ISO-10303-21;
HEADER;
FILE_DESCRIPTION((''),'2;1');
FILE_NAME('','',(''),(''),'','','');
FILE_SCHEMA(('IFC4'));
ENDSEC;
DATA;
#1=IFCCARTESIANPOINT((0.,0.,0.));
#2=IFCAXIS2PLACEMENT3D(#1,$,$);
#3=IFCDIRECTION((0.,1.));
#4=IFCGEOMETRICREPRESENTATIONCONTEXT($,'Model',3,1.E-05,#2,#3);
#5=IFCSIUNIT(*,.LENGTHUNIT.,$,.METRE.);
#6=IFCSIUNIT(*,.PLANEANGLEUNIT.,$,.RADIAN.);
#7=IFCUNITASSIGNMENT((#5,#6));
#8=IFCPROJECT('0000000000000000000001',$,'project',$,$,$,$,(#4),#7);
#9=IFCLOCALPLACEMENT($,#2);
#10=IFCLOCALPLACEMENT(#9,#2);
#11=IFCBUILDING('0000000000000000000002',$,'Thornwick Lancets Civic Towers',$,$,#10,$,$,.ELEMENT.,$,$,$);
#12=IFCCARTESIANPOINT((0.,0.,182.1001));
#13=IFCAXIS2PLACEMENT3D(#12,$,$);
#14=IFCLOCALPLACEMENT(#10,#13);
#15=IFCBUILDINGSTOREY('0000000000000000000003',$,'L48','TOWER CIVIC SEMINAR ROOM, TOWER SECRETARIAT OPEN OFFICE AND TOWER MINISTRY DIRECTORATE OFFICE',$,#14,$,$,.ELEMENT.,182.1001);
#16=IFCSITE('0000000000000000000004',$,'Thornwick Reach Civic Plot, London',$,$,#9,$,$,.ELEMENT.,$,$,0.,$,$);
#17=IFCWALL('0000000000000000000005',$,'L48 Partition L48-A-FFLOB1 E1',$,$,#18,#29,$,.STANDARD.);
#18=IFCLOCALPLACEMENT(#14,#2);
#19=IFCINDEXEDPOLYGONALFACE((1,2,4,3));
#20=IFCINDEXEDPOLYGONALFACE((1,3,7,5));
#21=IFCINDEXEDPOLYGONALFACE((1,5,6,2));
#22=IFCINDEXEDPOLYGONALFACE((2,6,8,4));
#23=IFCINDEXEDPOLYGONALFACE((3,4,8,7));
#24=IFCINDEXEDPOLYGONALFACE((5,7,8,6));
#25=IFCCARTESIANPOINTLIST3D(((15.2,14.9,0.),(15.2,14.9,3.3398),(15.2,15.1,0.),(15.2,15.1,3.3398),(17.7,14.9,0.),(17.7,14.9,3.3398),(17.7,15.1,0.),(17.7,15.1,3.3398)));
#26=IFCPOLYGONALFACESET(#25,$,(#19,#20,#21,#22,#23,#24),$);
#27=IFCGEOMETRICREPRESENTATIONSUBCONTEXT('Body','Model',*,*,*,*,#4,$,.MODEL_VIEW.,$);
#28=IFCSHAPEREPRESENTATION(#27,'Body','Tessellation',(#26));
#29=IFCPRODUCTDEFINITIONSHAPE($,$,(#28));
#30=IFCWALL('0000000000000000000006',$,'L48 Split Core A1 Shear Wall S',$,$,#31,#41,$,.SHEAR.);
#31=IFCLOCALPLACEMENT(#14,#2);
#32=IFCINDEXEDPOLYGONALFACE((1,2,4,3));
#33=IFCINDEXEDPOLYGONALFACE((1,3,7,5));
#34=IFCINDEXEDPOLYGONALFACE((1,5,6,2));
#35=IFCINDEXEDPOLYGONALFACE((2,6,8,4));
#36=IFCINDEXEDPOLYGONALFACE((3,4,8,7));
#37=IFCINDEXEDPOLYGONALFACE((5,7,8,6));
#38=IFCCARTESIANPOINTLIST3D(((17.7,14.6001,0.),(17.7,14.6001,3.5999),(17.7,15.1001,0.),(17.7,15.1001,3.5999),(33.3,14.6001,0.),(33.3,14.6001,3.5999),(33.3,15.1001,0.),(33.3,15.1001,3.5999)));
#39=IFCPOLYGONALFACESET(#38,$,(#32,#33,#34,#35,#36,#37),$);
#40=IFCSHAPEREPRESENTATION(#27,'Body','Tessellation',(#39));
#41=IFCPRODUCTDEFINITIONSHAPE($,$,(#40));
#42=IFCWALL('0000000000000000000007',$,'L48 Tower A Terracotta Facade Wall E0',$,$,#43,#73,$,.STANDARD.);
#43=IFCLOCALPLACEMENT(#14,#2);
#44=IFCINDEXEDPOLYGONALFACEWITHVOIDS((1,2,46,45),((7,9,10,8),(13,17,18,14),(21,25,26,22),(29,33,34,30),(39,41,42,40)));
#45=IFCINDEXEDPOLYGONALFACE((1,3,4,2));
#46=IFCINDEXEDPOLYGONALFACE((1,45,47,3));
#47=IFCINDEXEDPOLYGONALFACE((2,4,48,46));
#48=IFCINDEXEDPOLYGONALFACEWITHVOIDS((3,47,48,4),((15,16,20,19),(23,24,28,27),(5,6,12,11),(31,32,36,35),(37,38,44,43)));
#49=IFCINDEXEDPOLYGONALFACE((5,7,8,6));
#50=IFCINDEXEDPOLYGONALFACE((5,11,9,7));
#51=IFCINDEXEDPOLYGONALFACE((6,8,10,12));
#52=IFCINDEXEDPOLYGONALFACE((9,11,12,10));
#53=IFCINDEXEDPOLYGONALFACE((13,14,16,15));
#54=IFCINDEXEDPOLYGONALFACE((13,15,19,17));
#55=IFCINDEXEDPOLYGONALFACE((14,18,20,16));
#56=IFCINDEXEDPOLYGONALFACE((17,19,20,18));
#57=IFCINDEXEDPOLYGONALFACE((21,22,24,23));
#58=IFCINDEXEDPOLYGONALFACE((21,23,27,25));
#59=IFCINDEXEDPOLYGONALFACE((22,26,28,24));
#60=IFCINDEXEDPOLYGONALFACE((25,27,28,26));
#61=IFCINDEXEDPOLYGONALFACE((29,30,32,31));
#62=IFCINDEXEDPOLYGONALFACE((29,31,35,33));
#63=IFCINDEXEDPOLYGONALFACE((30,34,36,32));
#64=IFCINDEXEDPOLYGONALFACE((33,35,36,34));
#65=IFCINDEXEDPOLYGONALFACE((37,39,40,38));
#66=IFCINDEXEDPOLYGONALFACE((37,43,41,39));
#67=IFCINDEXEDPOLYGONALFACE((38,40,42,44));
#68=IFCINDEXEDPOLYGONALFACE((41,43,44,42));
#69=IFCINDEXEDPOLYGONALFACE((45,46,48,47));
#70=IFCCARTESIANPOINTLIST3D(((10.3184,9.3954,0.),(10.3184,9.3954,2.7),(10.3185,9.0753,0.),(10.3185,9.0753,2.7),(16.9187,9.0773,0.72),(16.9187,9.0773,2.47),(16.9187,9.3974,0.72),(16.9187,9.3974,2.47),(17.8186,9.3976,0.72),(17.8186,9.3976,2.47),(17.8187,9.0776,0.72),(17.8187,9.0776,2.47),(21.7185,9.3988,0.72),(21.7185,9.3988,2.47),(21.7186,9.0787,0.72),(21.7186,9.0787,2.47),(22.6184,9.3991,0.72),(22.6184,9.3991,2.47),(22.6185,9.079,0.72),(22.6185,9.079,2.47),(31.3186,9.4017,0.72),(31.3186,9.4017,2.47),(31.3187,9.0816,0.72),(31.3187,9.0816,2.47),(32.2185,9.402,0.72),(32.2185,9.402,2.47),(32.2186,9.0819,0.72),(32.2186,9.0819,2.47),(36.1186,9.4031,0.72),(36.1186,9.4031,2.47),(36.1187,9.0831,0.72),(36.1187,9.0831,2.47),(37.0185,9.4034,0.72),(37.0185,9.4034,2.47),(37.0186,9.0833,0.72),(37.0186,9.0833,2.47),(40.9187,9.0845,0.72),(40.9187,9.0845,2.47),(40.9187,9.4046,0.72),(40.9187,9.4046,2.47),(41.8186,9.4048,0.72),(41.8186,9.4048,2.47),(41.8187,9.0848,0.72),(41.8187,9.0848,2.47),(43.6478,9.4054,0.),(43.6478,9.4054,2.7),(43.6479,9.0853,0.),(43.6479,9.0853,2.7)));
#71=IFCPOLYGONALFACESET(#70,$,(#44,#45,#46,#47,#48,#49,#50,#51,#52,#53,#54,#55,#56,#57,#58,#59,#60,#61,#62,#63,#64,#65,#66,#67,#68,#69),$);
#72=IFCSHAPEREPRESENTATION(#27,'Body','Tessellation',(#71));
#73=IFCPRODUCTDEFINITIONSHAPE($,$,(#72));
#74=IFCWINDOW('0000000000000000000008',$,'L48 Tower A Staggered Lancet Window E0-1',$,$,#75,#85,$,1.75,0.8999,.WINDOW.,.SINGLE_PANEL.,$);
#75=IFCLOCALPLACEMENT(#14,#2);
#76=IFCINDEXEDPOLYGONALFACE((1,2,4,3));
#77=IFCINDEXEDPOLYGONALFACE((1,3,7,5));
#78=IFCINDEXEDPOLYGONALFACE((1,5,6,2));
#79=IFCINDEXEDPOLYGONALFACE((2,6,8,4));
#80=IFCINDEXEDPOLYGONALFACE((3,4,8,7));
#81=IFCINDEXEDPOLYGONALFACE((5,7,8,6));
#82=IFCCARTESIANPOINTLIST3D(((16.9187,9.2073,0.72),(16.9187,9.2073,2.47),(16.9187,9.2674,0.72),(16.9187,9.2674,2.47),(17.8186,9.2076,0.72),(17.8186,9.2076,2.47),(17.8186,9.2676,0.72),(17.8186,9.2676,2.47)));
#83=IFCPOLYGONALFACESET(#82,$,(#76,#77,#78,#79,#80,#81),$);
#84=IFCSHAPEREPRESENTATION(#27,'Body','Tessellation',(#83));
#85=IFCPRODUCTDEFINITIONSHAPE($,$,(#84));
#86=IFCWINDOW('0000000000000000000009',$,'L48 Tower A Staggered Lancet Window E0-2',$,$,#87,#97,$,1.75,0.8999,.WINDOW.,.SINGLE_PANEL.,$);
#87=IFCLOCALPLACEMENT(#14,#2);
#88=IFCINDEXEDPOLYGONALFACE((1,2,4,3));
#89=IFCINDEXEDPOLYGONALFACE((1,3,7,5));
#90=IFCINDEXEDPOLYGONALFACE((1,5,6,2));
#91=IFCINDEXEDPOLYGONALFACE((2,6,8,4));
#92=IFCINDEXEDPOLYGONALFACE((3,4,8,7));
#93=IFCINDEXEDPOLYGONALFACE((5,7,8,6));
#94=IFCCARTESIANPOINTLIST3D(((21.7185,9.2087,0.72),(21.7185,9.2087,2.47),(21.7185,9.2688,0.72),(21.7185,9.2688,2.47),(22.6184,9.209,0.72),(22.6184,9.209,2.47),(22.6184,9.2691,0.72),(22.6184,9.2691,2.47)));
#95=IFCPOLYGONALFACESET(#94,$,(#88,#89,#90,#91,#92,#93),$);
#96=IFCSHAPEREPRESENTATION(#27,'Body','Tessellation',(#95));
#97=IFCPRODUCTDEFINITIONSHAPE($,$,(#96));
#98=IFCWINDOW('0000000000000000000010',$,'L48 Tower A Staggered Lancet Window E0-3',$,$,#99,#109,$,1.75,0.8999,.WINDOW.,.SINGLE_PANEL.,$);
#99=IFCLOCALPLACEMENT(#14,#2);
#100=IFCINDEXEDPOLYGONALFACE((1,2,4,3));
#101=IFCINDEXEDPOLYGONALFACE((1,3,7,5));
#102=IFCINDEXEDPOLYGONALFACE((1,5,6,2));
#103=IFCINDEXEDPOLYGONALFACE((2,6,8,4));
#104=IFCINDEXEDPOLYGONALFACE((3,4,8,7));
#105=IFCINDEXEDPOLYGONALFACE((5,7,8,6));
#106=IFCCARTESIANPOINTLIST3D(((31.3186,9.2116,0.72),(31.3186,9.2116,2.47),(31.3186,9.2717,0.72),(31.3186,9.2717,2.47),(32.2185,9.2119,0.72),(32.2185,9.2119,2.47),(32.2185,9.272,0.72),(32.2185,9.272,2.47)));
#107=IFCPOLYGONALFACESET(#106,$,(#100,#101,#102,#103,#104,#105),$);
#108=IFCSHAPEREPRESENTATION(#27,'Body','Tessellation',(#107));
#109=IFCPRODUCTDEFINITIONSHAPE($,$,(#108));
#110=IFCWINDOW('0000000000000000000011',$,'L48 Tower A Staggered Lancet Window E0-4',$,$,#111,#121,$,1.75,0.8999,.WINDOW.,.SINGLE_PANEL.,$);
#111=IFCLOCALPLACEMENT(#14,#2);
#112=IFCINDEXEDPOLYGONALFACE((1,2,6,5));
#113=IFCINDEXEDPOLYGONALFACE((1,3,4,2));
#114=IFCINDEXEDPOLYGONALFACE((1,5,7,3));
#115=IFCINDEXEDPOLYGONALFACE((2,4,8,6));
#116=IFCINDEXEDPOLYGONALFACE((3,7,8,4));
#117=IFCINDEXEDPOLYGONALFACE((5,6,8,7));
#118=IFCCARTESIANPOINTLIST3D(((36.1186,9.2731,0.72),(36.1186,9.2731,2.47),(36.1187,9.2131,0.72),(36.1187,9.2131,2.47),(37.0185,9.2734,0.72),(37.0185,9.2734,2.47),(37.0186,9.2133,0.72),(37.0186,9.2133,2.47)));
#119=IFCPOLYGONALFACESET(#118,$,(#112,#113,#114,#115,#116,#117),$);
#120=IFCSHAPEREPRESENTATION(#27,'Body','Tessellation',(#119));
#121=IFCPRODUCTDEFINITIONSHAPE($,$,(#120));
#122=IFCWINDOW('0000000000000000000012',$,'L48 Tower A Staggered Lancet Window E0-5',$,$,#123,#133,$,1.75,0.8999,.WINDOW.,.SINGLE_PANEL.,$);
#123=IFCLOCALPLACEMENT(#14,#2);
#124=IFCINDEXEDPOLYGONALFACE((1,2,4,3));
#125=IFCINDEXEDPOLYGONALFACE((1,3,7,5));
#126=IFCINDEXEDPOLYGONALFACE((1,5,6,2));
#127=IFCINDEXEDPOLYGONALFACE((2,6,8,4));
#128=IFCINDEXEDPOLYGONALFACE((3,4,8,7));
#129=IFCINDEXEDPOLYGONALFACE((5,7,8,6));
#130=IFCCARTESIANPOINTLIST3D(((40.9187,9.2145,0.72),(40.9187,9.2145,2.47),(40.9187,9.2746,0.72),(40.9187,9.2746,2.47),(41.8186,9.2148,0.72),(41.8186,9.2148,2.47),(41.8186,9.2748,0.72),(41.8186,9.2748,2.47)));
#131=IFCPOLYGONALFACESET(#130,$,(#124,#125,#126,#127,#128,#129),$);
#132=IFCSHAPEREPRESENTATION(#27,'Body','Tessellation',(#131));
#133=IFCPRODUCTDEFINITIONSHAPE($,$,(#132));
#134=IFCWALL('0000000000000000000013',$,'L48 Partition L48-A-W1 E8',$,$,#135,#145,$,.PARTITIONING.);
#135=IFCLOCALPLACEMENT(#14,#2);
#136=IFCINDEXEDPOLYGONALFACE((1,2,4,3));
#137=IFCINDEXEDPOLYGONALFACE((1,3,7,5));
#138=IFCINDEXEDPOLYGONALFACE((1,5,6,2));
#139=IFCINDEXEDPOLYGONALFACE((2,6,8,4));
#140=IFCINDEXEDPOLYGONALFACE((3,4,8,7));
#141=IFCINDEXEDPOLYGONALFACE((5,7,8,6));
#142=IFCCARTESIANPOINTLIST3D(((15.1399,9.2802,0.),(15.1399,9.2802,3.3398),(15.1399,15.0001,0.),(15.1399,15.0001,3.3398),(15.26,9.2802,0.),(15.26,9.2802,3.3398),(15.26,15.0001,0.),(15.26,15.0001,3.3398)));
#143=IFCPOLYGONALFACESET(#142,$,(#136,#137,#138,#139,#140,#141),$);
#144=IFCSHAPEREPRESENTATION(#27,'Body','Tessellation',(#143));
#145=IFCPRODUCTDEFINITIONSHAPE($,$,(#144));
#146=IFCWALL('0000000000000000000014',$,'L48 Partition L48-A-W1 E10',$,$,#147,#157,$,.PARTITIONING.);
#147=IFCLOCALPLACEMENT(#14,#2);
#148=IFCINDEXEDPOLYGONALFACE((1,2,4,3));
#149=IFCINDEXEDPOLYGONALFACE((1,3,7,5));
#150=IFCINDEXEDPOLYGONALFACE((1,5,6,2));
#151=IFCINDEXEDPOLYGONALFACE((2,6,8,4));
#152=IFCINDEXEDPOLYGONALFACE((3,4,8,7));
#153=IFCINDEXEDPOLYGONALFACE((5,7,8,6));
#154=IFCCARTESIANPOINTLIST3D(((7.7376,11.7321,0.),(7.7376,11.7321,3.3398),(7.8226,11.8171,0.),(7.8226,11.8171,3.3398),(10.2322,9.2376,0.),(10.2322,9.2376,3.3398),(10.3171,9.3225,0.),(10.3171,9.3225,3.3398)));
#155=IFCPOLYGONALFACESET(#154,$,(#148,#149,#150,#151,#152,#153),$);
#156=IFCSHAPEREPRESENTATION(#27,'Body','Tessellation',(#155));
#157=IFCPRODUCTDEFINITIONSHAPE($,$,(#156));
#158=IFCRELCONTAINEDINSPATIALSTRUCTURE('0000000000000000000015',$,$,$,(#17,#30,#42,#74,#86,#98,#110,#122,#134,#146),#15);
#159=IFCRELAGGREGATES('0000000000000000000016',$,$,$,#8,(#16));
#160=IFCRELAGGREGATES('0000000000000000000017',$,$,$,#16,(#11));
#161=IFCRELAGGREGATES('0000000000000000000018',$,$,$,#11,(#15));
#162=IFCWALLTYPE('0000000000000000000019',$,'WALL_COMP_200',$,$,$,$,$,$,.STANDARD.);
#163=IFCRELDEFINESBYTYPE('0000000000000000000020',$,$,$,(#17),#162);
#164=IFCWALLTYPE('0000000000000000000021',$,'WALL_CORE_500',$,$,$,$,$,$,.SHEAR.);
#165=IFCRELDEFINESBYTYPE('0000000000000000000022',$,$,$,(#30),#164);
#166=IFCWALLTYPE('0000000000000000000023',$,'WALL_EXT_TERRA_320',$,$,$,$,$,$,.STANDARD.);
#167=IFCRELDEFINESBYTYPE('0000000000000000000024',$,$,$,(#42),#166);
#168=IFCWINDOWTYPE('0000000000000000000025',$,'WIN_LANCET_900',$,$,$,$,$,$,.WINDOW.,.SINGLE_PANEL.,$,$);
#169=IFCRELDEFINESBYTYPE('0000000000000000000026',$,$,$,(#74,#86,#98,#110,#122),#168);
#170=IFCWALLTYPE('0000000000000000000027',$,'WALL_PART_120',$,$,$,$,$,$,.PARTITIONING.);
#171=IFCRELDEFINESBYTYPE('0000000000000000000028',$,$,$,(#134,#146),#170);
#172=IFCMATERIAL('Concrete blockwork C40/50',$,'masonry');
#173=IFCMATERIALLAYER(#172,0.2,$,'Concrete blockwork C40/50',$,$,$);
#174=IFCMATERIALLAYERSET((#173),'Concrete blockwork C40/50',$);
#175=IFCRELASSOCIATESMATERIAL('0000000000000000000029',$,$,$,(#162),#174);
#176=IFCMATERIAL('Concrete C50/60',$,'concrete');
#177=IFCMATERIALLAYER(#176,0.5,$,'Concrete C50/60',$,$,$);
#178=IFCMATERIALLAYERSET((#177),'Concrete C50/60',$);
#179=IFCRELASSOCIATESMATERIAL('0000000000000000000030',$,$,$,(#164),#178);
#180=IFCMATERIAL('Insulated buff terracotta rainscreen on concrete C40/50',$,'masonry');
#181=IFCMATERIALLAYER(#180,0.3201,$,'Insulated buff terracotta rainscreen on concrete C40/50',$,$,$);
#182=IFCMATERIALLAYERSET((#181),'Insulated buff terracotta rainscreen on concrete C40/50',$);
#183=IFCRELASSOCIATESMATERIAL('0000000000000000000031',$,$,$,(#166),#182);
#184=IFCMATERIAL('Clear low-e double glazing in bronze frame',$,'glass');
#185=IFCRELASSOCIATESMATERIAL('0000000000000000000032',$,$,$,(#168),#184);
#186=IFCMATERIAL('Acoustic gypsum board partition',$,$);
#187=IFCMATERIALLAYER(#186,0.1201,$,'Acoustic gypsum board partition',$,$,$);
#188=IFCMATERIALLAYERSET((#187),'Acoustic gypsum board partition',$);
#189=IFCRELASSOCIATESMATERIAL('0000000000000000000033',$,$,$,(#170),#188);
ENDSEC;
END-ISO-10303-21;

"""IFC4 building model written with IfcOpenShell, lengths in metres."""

from ifc_helpers import new_model, si_unit, direction, frame, frame_2d, origin, place, context, subcontext, project, spatial, rectangle, extrude, material, layer, layer_set, type_object, element, fill, save


model = new_model("IFC4")

# Units and contexts
model_context = context("Model", 3, precision=1e-05, world=origin(), true_north=direction((0.0, 1.0)))
body_context = subcontext(model_context, "Body", "Model", "MODEL_VIEW")
ifc_project = project(units=[si_unit("LENGTHUNIT", "METRE"), si_unit("PLANEANGLEUNIT", "RADIAN")], contexts=[model_context])

# Site, building, storey
site_placement = place(None, origin())
site = spatial("IfcSite", under=ifc_project, at=site_placement, Name="Thornwick Reach Civic Plot, London", CompositionType="ELEMENT", RefElevation=0.0)
building_placement = place(site_placement, origin())
building = spatial("IfcBuilding", under=site, at=building_placement, Name="Thornwick Lancets Civic Towers", CompositionType="ELEMENT")
storey_placement = place(building_placement, frame((0.0, 0.0, 182.1001)))
storey = spatial("IfcBuildingStorey", under=building, at=storey_placement, Name="L48", Description="TOWER CIVIC SEMINAR ROOM, TOWER SECRETARIAT OPEN OFFICE AND TOWER MINISTRY DIRECTORATE OFFICE", CompositionType="ELEMENT", Elevation=182.1001)

# Shared definitions
ifc_material_1 = material(Name="Concrete C50/60", Category="concrete")

# Walls
ifc_material_2 = material(Name="Concrete blockwork C40/50", Category="masonry")
ifc_layer_1 = layer(ifc_material_2, 0.2, Name="Concrete blockwork C40/50")
ifc_layer_set_1 = layer_set([ifc_layer_1], Name="Concrete blockwork C40/50")
wall_type_1 = type_object("IfcWallType", Name="WALL_COMP_200", PredefinedType="STANDARD", material=ifc_layer_set_1)
wall_1_placement = place(storey_placement, frame((15.2, 15.0, 0.0), z_axis=(0.0, 0.0, 1.0), x_axis=(1.0, 0.0, 0.0)))
element("IfcWall", 1, at=wall_1_placement, inside=storey, type_object=wall_type_1, Name="L48 Partition L48-A-FFLOB1 E1", PredefinedType="STANDARD", context=body_context, shape_type="SweptSolid", body=[
    extrude(rectangle(XDim=2.5, YDim=0.2, at=frame_2d((1.25, 0.0))), origin(), (0.0, 0.0, 1.0), 3.3398),
])
ifc_layer_2 = layer(ifc_material_1, 0.5, Name="Concrete C50/60")
ifc_layer_set_2 = layer_set([ifc_layer_2], Name="Concrete C50/60")
wall_type_2 = type_object("IfcWallType", Name="WALL_CORE_500", PredefinedType="SHEAR", material=ifc_layer_set_2)
wall_2_placement = place(storey_placement, frame((17.7, 14.8501, 0.0), z_axis=(0.0, 0.0, 1.0), x_axis=(1.0, 0.0, 0.0)))
element("IfcWall", 2, at=wall_2_placement, inside=storey, type_object=wall_type_2, Name="L48 Split Core A1 Shear Wall S", PredefinedType="SHEAR", context=body_context, shape_type="SweptSolid", body=[
    extrude(rectangle(XDim=15.6001, YDim=0.5, at=frame_2d((7.8, 0.0))), origin(), (0.0, 0.0, 1.0), 3.5999),
])

# Wall, openings, windows
ifc_material_3 = material(Name="Insulated buff terracotta rainscreen on concrete C40/50", Category="masonry")
ifc_layer_3 = layer(ifc_material_3, 0.3201, Name="Insulated buff terracotta rainscreen on concrete C40/50")
ifc_layer_set_3 = layer_set([ifc_layer_3], Name="Insulated buff terracotta rainscreen on concrete C40/50")
wall_type_3 = type_object("IfcWallType", Name="WALL_EXT_TERRA_320", PredefinedType="STANDARD", material=ifc_layer_set_3)
wall_3_placement = place(storey_placement, frame((10.3186, 9.2354, 0.0), z_axis=(0.0, 0.0, 1.0), x_axis=(1.0, 0.0003, 0.0)))
wall_3 = element("IfcWall", 3, at=wall_3_placement, inside=storey, type_object=wall_type_3, Name="L48 Tower A Terracotta Facade Wall E0", PredefinedType="STANDARD", context=body_context, shape_type="SweptSolid", body=[
    extrude(rectangle(XDim=33.3293, YDim=0.3201, at=frame_2d((16.6646, 0.0))), origin(), (0.0, 0.0, 1.0), 2.7),
])
opening_1_placement = place(wall_3_placement, frame((6.6001, 0.0, 0.72)))
opening_1 = element("IfcOpeningElement", 4, at=opening_1_placement, cuts=wall_3, PredefinedType="OPENING", context=body_context, shape_type="SweptSolid", body=[
    extrude(rectangle(XDim=0.8999, YDim=1.75, at=frame_2d((0.45, 0.875))), frame((0.0, 0.1699, 0.0), z_axis=(0.0, -1.0, 0.0), x_axis=(1.0, 0.0, 0.0)), (0.0, 0.0, 1.0), 0.3401),
])
opening_2_placement = place(wall_3_placement, frame((11.3999, 0.0, 0.72)))
opening_2 = element("IfcOpeningElement", 5, at=opening_2_placement, cuts=wall_3, PredefinedType="OPENING", context=body_context, shape_type="SweptSolid", body=[
    extrude(rectangle(XDim=0.8999, YDim=1.75, at=frame_2d((0.45, 0.875))), frame((0.0, 0.1699, 0.0), z_axis=(0.0, -1.0, 0.0), x_axis=(1.0, 0.0, 0.0)), (0.0, 0.0, 1.0), 0.3401),
])
opening_3_placement = place(wall_3_placement, frame((21.0, 0.0, 0.72)))
opening_3 = element("IfcOpeningElement", 6, at=opening_3_placement, cuts=wall_3, PredefinedType="OPENING", context=body_context, shape_type="SweptSolid", body=[
    extrude(rectangle(XDim=0.8999, YDim=1.75, at=frame_2d((0.45, 0.875))), frame((0.0, 0.1699, 0.0), z_axis=(0.0, -1.0, 0.0), x_axis=(1.0, 0.0, 0.0)), (0.0, 0.0, 1.0), 0.3401),
])
opening_4_placement = place(wall_3_placement, frame((25.8, 0.0, 0.72)))
opening_4 = element("IfcOpeningElement", 7, at=opening_4_placement, cuts=wall_3, PredefinedType="OPENING", context=body_context, shape_type="SweptSolid", body=[
    extrude(rectangle(XDim=0.8999, YDim=1.75, at=frame_2d((0.45, 0.875))), frame((0.0, 0.1699, 0.0), z_axis=(0.0, -1.0, 0.0), x_axis=(1.0, 0.0, 0.0)), (0.0, 0.0, 1.0), 0.3401),
])
opening_5_placement = place(wall_3_placement, frame((30.6001, 0.0, 0.72)))
opening_5 = element("IfcOpeningElement", 8, at=opening_5_placement, cuts=wall_3, PredefinedType="OPENING", context=body_context, shape_type="SweptSolid", body=[
    extrude(rectangle(XDim=0.8999, YDim=1.75, at=frame_2d((0.45, 0.875))), frame((0.0, 0.1699, 0.0), z_axis=(0.0, -1.0, 0.0), x_axis=(1.0, 0.0, 0.0)), (0.0, 0.0, 1.0), 0.3401),
])
ifc_material_4 = material(Name="Clear low-e double glazing in bronze frame", Category="glass")
window_type = type_object("IfcWindowType", Name="WIN_LANCET_900", PartitioningType="SINGLE_PANEL", PredefinedType="WINDOW", material=ifc_material_4)
window_1_placement = place(opening_1_placement, origin())
window_1 = element("IfcWindow", 9, at=window_1_placement, inside=storey, type_object=window_type, Name="L48 Tower A Staggered Lancet Window E0-1", OverallHeight=1.75, OverallWidth=0.8999, PartitioningType="SINGLE_PANEL", PredefinedType="WINDOW", context=body_context, shape_type="SweptSolid", body=[
    extrude(rectangle(XDim=0.8999, YDim=1.75, at=frame_2d((0.45, 0.875))), frame((0.0, 0.03, 0.0), z_axis=(0.0, -1.0, 0.0), x_axis=(1.0, 0.0, 0.0)), (0.0, 0.0, 1.0), 0.0601),
])
fill(opening_1, window_1)
window_2_placement = place(opening_2_placement, origin())
window_2 = element("IfcWindow", 10, at=window_2_placement, inside=storey, type_object=window_type, Name="L48 Tower A Staggered Lancet Window E0-2", OverallHeight=1.75, OverallWidth=0.8999, PartitioningType="SINGLE_PANEL", PredefinedType="WINDOW", context=body_context, shape_type="SweptSolid", body=[
    extrude(rectangle(XDim=0.8999, YDim=1.75, at=frame_2d((0.45, 0.875))), frame((0.0, 0.03, 0.0), z_axis=(0.0, -1.0, 0.0), x_axis=(1.0, 0.0, 0.0)), (0.0, 0.0, 1.0), 0.0601),
])
fill(opening_2, window_2)
window_3_placement = place(opening_3_placement, origin())
window_3 = element("IfcWindow", 11, at=window_3_placement, inside=storey, type_object=window_type, Name="L48 Tower A Staggered Lancet Window E0-3", OverallHeight=1.75, OverallWidth=0.8999, PartitioningType="SINGLE_PANEL", PredefinedType="WINDOW", context=body_context, shape_type="SweptSolid", body=[
    extrude(rectangle(XDim=0.8999, YDim=1.75, at=frame_2d((0.45, 0.875))), frame((0.0, 0.03, 0.0), z_axis=(0.0, -1.0, 0.0), x_axis=(1.0, 0.0, 0.0)), (0.0, 0.0, 1.0), 0.0601),
])
fill(opening_3, window_3)
window_4_placement = place(opening_4_placement, origin())
window_4 = element("IfcWindow", 12, at=window_4_placement, inside=storey, type_object=window_type, Name="L48 Tower A Staggered Lancet Window E0-4", OverallHeight=1.75, OverallWidth=0.8999, PartitioningType="SINGLE_PANEL", PredefinedType="WINDOW", context=body_context, shape_type="SweptSolid", body=[
    extrude(rectangle(XDim=0.8999, YDim=1.75, at=frame_2d((0.45, 0.875))), frame((0.0, 0.03, 0.0), z_axis=(0.0, -1.0, 0.0), x_axis=(1.0, 0.0, 0.0)), (0.0, 0.0, 1.0), 0.0601),
])
fill(opening_4, window_4)
window_5_placement = place(opening_5_placement, origin())
window_5 = element("IfcWindow", 13, at=window_5_placement, inside=storey, type_object=window_type, Name="L48 Tower A Staggered Lancet Window E0-5", OverallHeight=1.75, OverallWidth=0.8999, PartitioningType="SINGLE_PANEL", PredefinedType="WINDOW", context=body_context, shape_type="SweptSolid", body=[
    extrude(rectangle(XDim=0.8999, YDim=1.75, at=frame_2d((0.45, 0.875))), frame((0.0, 0.03, 0.0), z_axis=(0.0, -1.0, 0.0), x_axis=(1.0, 0.0, 0.0)), (0.0, 0.0, 1.0), 0.0601),
])
fill(opening_5, window_5)

# Walls
ifc_material_5 = material(Name="Acoustic gypsum board partition")
ifc_layer_4 = layer(ifc_material_5, 0.1201, Name="Acoustic gypsum board partition")
ifc_layer_set_4 = layer_set([ifc_layer_4], Name="Acoustic gypsum board partition")
wall_type_4 = type_object("IfcWallType", Name="WALL_PART_120", PredefinedType="PARTITIONING", material=ifc_layer_set_4)
wall_4_placement = place(storey_placement, frame((15.2, 15.0, 0.0), z_axis=(0.0, 0.0, 1.0), x_axis=(0.0, -1.0, 0.0)))
element("IfcWall", 14, at=wall_4_placement, inside=storey, type_object=wall_type_4, Name="L48 Partition L48-A-W1 E8", PredefinedType="PARTITIONING", context=body_context, shape_type="SweptSolid", body=[
    extrude(rectangle(XDim=5.72, YDim=0.1201, at=frame_2d((2.8599, 0.0))), origin(), (0.0, 0.0, 1.0), 3.3398),
])
wall_5_placement = place(storey_placement, frame((10.2747, 9.28, 0.0), z_axis=(0.0, 0.0, 1.0), x_axis=(-0.707107, 0.707107, 0.0)))
element("IfcWall", 15, at=wall_5_placement, inside=storey, type_object=wall_type_4, Name="L48 Partition L48-A-W1 E10", PredefinedType="PARTITIONING", context=body_context, shape_type="SweptSolid", body=[
    extrude(rectangle(XDim=3.5278, YDim=0.1201, at=frame_2d((1.7639, 0.0))), origin(), (0.0, 0.0, 1.0), 3.3398),
])

save(model, "model.ifc")
